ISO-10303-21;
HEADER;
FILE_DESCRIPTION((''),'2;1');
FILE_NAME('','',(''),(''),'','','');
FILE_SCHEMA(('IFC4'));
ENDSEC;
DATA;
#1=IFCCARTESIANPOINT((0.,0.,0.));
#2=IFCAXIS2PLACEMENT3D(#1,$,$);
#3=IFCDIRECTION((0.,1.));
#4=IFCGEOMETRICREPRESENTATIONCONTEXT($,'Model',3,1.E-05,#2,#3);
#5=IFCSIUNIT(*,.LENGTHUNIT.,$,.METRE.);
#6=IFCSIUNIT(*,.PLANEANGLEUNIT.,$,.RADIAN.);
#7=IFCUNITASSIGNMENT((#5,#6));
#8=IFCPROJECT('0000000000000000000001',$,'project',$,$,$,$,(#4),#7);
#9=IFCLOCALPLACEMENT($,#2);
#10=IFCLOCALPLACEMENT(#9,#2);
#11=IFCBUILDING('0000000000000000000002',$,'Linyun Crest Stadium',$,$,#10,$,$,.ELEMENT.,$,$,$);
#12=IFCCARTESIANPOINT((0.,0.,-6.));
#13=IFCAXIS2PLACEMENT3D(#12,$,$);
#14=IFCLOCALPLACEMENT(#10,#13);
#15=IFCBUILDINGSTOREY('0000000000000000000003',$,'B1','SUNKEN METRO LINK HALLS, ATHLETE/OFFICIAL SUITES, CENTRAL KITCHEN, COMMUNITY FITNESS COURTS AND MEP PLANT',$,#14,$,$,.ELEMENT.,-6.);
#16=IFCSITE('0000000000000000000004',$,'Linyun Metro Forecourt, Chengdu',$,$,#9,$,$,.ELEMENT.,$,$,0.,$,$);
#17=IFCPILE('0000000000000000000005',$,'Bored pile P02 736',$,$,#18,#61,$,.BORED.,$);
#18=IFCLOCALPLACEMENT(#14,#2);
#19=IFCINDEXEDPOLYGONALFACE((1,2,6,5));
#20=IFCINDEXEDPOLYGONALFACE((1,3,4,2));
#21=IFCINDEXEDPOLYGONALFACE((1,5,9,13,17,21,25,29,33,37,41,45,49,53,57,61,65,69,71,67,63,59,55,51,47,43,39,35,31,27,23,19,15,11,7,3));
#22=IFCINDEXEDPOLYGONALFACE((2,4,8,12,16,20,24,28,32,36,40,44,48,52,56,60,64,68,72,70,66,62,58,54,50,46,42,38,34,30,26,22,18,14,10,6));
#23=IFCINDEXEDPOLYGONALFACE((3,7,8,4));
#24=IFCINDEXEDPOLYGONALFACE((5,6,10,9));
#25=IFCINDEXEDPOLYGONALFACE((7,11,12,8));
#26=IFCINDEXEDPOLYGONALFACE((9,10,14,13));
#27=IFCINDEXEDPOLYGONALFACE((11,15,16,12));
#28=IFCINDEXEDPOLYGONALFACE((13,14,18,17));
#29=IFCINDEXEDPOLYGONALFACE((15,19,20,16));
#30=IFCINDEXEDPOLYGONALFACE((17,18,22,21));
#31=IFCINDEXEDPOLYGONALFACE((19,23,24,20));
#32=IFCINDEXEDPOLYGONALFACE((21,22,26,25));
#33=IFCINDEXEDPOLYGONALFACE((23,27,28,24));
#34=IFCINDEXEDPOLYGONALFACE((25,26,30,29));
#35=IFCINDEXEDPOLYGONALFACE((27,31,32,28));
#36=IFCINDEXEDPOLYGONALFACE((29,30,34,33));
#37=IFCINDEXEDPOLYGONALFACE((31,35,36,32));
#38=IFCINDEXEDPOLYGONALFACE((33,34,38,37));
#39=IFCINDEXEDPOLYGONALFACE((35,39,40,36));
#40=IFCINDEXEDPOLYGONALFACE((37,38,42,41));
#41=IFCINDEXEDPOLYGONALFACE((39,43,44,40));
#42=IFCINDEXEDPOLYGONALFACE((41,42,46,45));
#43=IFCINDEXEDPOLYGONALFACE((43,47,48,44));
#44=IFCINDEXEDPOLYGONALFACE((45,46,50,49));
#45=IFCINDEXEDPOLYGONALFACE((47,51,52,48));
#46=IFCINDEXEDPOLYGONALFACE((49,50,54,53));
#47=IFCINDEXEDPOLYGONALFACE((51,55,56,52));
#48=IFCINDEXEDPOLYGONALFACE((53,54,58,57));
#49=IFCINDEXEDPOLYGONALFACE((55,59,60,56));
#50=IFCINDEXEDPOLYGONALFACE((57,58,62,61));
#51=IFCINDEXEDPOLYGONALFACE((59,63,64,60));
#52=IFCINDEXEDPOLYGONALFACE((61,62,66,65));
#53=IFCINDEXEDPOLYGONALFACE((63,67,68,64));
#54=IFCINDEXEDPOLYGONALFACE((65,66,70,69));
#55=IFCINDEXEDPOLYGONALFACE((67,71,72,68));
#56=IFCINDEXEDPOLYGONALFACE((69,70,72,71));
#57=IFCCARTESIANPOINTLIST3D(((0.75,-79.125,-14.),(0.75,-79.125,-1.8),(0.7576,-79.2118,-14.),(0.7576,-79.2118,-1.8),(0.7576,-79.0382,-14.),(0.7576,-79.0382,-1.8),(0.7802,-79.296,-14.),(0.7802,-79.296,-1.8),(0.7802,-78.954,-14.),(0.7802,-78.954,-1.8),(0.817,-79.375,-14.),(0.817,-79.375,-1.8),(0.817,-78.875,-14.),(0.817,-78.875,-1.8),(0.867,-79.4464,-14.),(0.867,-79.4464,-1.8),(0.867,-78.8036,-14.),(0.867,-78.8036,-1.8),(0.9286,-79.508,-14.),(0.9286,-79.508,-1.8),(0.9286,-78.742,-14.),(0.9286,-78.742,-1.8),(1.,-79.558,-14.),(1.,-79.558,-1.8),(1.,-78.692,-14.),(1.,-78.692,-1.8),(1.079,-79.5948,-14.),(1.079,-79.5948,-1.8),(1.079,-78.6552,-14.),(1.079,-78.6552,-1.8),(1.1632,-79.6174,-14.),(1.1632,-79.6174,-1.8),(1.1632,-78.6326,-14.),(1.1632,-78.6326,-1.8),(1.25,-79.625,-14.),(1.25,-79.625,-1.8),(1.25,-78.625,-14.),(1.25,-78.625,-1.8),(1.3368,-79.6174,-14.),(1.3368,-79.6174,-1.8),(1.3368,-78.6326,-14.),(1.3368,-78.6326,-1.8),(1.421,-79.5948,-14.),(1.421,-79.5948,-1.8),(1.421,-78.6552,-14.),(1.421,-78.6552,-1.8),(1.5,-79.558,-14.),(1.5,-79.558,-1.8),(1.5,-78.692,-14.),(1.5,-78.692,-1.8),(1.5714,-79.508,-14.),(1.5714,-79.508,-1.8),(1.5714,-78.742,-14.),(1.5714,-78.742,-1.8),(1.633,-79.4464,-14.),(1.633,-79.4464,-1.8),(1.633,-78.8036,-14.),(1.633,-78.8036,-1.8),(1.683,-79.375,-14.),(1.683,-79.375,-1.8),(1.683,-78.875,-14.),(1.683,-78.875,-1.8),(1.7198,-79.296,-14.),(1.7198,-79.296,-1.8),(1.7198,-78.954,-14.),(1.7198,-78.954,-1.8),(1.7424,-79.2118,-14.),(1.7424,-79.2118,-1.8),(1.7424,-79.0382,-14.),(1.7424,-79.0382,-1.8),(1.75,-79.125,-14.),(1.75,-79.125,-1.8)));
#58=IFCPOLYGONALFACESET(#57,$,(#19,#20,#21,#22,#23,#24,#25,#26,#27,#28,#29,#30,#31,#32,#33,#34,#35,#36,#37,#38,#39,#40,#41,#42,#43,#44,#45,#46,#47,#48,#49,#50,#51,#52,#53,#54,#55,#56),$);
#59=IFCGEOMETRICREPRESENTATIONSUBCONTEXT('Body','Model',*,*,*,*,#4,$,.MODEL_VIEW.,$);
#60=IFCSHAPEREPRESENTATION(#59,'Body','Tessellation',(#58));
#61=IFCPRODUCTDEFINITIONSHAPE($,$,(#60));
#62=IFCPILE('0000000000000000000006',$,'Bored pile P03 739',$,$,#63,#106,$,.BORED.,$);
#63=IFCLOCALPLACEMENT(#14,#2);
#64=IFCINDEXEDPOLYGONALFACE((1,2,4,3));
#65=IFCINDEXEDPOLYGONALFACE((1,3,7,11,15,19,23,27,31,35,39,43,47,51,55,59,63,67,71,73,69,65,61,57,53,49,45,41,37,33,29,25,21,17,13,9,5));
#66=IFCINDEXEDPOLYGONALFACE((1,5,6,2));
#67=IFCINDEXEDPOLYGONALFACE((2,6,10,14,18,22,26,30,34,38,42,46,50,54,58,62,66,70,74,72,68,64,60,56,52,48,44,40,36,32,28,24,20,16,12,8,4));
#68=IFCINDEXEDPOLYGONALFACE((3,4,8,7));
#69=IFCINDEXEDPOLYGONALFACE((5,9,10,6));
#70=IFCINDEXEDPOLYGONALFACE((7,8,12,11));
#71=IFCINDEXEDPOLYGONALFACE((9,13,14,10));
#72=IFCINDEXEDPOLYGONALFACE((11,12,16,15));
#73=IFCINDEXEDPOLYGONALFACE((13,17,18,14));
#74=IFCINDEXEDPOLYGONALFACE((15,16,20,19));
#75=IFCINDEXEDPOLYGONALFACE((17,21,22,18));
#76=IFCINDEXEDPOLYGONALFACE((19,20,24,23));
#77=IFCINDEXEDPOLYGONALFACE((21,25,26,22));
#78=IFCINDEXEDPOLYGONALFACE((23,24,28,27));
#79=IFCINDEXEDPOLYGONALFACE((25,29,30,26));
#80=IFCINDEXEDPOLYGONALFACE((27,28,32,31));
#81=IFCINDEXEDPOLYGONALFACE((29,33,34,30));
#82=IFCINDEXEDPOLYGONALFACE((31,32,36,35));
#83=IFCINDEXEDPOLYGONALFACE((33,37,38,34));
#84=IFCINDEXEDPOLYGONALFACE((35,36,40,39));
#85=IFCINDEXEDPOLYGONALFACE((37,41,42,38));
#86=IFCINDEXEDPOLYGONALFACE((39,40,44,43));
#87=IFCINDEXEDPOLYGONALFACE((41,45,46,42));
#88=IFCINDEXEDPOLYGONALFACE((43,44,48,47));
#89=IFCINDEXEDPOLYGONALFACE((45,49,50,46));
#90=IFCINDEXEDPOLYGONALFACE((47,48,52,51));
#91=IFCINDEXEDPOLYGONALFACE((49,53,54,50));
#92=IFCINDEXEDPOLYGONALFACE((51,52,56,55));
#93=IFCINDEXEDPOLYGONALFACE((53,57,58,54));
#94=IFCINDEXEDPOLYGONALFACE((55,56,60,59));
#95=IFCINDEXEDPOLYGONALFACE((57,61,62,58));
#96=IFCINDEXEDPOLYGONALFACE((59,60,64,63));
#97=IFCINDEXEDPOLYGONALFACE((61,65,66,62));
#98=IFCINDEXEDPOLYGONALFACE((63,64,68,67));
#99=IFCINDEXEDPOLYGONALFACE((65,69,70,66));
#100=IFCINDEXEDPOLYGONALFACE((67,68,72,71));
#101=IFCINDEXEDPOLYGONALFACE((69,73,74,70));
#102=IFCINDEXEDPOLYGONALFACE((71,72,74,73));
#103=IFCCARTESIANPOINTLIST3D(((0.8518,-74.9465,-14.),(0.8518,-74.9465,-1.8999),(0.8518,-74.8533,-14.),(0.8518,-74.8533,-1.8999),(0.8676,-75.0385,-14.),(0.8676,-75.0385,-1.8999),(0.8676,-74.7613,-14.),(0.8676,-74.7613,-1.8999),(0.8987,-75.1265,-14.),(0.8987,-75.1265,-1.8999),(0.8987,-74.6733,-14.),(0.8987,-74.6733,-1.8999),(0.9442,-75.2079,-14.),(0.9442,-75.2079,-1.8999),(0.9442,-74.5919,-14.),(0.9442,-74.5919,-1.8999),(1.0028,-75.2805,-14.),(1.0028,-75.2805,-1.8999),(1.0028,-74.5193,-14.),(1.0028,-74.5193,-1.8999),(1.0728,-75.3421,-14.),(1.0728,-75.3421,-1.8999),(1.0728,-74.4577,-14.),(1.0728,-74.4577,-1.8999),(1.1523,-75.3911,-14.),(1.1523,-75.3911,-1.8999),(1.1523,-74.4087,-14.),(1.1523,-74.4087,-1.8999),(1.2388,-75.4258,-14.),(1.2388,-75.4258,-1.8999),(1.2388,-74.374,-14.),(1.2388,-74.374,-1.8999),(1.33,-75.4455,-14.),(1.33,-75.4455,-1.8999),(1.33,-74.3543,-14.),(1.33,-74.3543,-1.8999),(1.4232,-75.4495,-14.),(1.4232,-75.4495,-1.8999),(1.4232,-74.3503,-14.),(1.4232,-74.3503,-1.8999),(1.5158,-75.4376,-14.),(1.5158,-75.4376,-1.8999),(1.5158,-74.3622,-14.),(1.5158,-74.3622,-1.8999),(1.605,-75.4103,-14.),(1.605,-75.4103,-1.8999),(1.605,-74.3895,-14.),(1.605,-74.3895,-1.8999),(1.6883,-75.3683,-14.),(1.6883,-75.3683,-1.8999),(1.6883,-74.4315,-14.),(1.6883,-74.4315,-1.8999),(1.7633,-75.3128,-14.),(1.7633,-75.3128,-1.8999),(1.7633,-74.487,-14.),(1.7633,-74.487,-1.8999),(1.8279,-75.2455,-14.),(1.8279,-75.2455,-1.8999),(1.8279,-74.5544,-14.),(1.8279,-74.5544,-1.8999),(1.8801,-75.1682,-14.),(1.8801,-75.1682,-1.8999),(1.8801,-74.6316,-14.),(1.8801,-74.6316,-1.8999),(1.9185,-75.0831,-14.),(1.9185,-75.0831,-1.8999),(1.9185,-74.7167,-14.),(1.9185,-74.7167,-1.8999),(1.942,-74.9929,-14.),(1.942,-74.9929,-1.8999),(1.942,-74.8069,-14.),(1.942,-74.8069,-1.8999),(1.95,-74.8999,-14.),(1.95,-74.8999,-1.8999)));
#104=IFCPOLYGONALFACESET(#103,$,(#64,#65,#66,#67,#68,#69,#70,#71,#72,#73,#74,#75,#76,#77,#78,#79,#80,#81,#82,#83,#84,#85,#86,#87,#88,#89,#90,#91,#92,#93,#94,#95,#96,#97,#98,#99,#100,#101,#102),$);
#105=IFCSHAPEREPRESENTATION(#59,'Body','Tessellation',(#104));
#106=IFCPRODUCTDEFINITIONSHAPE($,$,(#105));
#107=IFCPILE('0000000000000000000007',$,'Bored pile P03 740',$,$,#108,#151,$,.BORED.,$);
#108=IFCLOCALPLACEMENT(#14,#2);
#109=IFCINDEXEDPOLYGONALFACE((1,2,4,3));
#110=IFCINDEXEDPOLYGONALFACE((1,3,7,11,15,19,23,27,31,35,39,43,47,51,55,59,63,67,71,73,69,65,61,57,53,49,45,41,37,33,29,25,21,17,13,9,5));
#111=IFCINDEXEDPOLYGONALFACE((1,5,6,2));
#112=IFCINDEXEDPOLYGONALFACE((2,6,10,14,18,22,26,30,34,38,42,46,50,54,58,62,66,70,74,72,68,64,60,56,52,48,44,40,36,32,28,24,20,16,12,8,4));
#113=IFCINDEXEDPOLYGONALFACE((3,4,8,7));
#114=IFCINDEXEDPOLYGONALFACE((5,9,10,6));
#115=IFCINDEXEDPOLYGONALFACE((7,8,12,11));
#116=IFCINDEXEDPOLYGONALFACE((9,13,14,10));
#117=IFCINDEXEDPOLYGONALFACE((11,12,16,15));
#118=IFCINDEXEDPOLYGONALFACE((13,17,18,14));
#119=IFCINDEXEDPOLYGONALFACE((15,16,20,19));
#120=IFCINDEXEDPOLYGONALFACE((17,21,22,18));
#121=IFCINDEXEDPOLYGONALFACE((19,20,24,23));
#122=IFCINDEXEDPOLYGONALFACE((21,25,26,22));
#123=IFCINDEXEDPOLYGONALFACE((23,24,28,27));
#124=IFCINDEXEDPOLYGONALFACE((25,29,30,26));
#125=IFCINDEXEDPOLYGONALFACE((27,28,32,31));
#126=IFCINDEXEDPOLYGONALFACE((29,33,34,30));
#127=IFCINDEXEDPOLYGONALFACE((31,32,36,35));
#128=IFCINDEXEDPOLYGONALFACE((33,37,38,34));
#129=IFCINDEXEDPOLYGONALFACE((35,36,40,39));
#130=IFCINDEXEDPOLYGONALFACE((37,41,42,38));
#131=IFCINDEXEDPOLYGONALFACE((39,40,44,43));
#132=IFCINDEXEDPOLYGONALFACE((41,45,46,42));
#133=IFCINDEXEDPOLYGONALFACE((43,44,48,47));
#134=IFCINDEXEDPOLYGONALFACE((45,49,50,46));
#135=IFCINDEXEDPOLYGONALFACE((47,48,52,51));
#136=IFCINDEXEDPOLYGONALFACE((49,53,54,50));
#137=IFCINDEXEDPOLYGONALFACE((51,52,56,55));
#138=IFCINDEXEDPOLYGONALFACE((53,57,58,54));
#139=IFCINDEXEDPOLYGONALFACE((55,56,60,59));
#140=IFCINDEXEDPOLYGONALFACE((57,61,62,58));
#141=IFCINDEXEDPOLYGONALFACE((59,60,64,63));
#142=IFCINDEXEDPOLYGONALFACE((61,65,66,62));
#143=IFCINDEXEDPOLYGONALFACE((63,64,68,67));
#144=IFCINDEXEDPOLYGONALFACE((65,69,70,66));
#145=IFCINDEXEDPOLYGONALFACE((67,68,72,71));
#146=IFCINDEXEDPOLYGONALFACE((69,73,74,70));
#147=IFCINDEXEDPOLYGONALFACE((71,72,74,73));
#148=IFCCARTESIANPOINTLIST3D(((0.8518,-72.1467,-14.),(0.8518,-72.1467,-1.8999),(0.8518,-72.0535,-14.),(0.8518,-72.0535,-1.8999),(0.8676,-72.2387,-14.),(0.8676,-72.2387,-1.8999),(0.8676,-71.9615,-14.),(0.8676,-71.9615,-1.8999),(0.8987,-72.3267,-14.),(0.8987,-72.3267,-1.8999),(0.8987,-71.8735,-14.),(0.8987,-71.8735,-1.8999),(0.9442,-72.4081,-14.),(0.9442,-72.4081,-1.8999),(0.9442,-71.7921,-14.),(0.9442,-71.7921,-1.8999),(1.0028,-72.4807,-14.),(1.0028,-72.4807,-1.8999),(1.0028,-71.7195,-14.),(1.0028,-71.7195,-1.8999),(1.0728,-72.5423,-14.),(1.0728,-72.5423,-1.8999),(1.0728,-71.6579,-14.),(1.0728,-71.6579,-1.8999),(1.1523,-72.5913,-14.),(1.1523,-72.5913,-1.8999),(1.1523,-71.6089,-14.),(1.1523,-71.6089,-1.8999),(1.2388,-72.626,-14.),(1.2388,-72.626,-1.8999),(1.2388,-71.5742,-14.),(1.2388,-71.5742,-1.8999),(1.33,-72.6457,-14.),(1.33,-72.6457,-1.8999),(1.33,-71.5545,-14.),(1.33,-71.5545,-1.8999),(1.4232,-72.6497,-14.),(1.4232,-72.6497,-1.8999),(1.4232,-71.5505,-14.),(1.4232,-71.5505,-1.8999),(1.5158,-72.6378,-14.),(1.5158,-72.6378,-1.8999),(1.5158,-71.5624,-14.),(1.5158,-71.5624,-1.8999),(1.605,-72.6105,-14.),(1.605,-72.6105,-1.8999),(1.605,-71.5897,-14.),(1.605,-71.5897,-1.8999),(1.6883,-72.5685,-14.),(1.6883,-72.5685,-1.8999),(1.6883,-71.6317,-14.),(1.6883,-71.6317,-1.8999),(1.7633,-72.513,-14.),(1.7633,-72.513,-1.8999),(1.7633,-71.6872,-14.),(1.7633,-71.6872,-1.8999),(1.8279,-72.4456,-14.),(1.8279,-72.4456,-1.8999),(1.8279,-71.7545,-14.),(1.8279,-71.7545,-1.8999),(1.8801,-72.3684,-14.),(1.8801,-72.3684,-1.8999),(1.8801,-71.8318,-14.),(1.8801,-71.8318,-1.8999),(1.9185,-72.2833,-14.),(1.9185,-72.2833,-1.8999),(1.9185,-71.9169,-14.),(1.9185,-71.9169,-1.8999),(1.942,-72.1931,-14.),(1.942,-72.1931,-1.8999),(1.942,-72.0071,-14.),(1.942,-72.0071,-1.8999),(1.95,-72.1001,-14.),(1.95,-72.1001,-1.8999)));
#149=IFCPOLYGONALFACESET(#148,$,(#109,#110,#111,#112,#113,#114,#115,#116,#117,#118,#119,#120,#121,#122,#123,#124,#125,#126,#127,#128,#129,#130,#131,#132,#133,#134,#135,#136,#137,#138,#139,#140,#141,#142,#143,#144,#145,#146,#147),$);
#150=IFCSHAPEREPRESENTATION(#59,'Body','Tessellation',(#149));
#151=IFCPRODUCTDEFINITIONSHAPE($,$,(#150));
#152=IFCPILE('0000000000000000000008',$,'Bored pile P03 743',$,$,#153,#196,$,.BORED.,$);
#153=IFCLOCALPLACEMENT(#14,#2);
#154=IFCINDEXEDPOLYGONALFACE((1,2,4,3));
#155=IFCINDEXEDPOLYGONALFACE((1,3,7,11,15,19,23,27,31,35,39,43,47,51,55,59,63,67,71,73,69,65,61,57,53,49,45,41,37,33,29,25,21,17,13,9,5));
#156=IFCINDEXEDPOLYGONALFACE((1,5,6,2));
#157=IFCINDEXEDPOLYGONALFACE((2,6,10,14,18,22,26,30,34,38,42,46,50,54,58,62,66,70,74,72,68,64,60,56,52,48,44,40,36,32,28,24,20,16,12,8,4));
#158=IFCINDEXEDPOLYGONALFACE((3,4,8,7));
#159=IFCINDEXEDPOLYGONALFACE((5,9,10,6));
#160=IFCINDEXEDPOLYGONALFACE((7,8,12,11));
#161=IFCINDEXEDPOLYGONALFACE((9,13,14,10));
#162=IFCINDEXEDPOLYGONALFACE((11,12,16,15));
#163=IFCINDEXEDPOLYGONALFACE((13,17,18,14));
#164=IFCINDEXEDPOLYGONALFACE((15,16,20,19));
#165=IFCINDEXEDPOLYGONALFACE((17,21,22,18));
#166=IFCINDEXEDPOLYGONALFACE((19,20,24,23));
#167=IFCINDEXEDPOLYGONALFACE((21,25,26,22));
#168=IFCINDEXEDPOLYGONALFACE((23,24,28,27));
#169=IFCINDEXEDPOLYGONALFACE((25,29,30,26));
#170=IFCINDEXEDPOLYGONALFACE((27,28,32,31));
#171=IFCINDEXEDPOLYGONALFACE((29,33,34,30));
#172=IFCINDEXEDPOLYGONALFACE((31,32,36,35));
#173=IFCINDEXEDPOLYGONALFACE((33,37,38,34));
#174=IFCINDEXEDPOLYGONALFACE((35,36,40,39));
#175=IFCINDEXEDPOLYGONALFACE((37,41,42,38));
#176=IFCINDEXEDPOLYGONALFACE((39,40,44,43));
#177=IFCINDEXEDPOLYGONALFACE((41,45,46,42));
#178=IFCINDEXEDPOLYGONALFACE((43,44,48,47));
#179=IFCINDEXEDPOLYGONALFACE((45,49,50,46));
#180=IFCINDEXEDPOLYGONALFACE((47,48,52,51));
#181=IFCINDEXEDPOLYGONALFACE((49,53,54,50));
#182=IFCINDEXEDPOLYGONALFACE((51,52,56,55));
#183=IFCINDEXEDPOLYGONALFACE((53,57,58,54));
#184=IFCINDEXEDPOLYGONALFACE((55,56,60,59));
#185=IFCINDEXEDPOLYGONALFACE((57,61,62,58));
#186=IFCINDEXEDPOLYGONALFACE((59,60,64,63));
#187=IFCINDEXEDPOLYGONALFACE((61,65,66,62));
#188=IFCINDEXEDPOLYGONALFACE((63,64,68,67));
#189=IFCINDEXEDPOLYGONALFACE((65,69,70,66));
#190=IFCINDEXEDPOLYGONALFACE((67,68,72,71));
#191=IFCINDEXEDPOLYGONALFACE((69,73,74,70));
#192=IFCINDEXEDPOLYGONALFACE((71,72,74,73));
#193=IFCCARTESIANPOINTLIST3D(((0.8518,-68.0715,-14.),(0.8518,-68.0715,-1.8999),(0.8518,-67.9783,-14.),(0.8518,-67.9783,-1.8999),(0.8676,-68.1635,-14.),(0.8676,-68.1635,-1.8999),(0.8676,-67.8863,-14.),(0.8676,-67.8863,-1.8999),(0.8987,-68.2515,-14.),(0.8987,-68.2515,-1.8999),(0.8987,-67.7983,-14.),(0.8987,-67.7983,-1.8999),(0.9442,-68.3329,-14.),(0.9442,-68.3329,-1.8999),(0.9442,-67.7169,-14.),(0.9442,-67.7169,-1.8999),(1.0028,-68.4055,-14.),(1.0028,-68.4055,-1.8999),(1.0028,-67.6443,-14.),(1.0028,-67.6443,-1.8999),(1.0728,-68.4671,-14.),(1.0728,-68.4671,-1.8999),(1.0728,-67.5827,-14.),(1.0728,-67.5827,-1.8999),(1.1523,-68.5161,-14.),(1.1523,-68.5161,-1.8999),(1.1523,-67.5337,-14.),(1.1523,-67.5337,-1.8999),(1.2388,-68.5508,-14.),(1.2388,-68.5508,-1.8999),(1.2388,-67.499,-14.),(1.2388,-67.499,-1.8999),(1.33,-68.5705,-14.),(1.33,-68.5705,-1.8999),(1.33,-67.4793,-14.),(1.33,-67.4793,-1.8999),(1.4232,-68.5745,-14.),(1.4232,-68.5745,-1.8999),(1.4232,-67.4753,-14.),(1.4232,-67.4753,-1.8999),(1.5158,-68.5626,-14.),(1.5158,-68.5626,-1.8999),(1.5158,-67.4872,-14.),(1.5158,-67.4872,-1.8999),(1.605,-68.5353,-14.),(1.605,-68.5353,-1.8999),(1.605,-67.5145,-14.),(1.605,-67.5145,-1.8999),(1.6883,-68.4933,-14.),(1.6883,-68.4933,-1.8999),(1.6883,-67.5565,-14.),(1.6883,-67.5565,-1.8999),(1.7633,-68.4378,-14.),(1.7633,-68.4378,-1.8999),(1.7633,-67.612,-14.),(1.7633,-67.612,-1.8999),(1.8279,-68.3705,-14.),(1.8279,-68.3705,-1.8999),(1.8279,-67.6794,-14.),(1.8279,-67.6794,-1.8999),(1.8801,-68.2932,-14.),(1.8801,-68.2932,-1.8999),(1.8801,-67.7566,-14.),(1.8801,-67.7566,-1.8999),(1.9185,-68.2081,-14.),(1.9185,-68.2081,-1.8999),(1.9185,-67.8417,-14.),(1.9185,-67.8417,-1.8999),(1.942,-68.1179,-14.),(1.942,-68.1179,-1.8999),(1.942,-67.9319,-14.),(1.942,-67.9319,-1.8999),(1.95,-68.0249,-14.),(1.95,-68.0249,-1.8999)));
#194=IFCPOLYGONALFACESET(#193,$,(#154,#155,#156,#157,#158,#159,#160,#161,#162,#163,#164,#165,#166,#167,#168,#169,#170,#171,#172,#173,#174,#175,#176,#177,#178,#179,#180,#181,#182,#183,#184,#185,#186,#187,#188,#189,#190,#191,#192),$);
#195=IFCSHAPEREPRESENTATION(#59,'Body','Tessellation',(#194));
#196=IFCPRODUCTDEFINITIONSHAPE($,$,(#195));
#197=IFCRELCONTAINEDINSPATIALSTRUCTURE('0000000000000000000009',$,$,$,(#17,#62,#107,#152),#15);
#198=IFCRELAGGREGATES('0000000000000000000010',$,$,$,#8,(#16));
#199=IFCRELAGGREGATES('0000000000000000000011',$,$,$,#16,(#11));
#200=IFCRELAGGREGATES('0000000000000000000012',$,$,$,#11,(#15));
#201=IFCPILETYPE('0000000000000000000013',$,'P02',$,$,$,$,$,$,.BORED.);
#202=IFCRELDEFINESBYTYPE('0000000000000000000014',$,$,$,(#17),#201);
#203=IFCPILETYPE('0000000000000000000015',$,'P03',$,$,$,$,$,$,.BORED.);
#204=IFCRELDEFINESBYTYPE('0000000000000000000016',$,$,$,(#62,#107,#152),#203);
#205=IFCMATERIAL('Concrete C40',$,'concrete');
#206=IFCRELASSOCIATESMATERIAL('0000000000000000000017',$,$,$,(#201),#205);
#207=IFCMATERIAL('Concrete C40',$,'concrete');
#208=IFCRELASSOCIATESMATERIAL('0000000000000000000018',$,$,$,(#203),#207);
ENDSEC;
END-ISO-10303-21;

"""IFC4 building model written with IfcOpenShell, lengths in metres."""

from ifc_helpers import new_model, si_unit, direction, frame, origin, origin_2d, place, context, subcontext, project, spatial, circle, extrude, material, material_profile, profile_set, type_object, element, save


model = new_model("IFC4")

# Units and contexts
model_context = context("Model", 3, precision=1e-05, world=origin(), true_north=direction((0.0, 1.0)))
body_context = subcontext(model_context, "Body", "Model", "MODEL_VIEW")
ifc_project = project(units=[si_unit("LENGTHUNIT", "METRE"), si_unit("PLANEANGLEUNIT", "RADIAN")], contexts=[model_context])

# Site, building, storey
site_placement = place(None, origin())
site = spatial("IfcSite", under=ifc_project, at=site_placement, Name="Linyun Metro Forecourt, Chengdu", CompositionType="ELEMENT", RefElevation=0.0)
building_placement = place(site_placement, origin())
building = spatial("IfcBuilding", under=site, at=building_placement, Name="Linyun Crest Stadium", CompositionType="ELEMENT")
storey_placement = place(building_placement, frame((0.0, 0.0, -6.0)))
storey = spatial("IfcBuildingStorey", under=building, at=storey_placement, Name="B1", Description="SUNKEN METRO LINK HALLS, ATHLETE/OFFICIAL SUITES, CENTRAL KITCHEN, COMMUNITY FITNESS COURTS AND MEP PLANT", CompositionType="ELEMENT", Elevation=-6.0)

# Piles
ifc_material_1 = material(Name="Concrete C40", Category="concrete")
ifc_material_profile_1 = material_profile(ifc_material_1, circle(Radius=0.5, at=origin_2d()), Name="BORED PILE 1000")
ifc_profile_set_1 = profile_set([ifc_material_profile_1], Name="Concrete C40")
pile_type_1 = type_object("IfcPileType", Name="P02", PredefinedType="BORED", material=ifc_profile_set_1)
pile_placement = place(storey_placement, frame((1.25, -79.125, -1.8), z_axis=(0.0, 0.0, -1.0), x_axis=(1.0, 0.0, 0.0)))
element("IfcPile", 1, at=pile_placement, inside=storey, type_object=pile_type_1, Name="Bored pile P02 736", PredefinedType="BORED", context=body_context, shape_type="SweptSolid", body=[
    extrude(circle(Radius=0.5, at=origin_2d()), origin(), (0.0, 0.0, 1.0), 12.2),
])
ifc_material_2 = material(Name="Concrete C40", Category="concrete")
ifc_material_profile_2 = material_profile(ifc_material_2, circle(Radius=0.55, at=origin_2d()), Name="BORED PILE 1100")
ifc_profile_set_2 = profile_set([ifc_material_profile_2], Name="Concrete C40")
pile_type_2 = type_object("IfcPileType", Name="P03", PredefinedType="BORED", material=ifc_profile_set_2)
for number, where, z_axis, x_axis, name in (
    (2, (1.3999, -74.8999, -1.8999), (0.0, 0.0, -1.0), (1.0, 0.0, 0.0), "Bored pile P03 739"),
    (3, (1.3999, -72.1001, -1.8999), (0.0, 0.0, -1.0), (1.0, 0.0, 0.0), "Bored pile P03 740"),
    (4, (1.3999, -68.0249, -1.8999), (0.0, 0.0, -1.0), (1.0, 0.0, 0.0), "Bored pile P03 743"),
):
    element("IfcPile", number, at=place(storey_placement, frame(where, z_axis=z_axis, x_axis=x_axis)), inside=storey, type_object=pile_type_2, Name=name, PredefinedType="BORED", context=body_context, shape_type="SweptSolid", body=[
        extrude(circle(Radius=0.55, at=origin_2d()), origin(), (0.0, 0.0, 1.0), 12.1001),
    ])

save(model, "model.ifc")
